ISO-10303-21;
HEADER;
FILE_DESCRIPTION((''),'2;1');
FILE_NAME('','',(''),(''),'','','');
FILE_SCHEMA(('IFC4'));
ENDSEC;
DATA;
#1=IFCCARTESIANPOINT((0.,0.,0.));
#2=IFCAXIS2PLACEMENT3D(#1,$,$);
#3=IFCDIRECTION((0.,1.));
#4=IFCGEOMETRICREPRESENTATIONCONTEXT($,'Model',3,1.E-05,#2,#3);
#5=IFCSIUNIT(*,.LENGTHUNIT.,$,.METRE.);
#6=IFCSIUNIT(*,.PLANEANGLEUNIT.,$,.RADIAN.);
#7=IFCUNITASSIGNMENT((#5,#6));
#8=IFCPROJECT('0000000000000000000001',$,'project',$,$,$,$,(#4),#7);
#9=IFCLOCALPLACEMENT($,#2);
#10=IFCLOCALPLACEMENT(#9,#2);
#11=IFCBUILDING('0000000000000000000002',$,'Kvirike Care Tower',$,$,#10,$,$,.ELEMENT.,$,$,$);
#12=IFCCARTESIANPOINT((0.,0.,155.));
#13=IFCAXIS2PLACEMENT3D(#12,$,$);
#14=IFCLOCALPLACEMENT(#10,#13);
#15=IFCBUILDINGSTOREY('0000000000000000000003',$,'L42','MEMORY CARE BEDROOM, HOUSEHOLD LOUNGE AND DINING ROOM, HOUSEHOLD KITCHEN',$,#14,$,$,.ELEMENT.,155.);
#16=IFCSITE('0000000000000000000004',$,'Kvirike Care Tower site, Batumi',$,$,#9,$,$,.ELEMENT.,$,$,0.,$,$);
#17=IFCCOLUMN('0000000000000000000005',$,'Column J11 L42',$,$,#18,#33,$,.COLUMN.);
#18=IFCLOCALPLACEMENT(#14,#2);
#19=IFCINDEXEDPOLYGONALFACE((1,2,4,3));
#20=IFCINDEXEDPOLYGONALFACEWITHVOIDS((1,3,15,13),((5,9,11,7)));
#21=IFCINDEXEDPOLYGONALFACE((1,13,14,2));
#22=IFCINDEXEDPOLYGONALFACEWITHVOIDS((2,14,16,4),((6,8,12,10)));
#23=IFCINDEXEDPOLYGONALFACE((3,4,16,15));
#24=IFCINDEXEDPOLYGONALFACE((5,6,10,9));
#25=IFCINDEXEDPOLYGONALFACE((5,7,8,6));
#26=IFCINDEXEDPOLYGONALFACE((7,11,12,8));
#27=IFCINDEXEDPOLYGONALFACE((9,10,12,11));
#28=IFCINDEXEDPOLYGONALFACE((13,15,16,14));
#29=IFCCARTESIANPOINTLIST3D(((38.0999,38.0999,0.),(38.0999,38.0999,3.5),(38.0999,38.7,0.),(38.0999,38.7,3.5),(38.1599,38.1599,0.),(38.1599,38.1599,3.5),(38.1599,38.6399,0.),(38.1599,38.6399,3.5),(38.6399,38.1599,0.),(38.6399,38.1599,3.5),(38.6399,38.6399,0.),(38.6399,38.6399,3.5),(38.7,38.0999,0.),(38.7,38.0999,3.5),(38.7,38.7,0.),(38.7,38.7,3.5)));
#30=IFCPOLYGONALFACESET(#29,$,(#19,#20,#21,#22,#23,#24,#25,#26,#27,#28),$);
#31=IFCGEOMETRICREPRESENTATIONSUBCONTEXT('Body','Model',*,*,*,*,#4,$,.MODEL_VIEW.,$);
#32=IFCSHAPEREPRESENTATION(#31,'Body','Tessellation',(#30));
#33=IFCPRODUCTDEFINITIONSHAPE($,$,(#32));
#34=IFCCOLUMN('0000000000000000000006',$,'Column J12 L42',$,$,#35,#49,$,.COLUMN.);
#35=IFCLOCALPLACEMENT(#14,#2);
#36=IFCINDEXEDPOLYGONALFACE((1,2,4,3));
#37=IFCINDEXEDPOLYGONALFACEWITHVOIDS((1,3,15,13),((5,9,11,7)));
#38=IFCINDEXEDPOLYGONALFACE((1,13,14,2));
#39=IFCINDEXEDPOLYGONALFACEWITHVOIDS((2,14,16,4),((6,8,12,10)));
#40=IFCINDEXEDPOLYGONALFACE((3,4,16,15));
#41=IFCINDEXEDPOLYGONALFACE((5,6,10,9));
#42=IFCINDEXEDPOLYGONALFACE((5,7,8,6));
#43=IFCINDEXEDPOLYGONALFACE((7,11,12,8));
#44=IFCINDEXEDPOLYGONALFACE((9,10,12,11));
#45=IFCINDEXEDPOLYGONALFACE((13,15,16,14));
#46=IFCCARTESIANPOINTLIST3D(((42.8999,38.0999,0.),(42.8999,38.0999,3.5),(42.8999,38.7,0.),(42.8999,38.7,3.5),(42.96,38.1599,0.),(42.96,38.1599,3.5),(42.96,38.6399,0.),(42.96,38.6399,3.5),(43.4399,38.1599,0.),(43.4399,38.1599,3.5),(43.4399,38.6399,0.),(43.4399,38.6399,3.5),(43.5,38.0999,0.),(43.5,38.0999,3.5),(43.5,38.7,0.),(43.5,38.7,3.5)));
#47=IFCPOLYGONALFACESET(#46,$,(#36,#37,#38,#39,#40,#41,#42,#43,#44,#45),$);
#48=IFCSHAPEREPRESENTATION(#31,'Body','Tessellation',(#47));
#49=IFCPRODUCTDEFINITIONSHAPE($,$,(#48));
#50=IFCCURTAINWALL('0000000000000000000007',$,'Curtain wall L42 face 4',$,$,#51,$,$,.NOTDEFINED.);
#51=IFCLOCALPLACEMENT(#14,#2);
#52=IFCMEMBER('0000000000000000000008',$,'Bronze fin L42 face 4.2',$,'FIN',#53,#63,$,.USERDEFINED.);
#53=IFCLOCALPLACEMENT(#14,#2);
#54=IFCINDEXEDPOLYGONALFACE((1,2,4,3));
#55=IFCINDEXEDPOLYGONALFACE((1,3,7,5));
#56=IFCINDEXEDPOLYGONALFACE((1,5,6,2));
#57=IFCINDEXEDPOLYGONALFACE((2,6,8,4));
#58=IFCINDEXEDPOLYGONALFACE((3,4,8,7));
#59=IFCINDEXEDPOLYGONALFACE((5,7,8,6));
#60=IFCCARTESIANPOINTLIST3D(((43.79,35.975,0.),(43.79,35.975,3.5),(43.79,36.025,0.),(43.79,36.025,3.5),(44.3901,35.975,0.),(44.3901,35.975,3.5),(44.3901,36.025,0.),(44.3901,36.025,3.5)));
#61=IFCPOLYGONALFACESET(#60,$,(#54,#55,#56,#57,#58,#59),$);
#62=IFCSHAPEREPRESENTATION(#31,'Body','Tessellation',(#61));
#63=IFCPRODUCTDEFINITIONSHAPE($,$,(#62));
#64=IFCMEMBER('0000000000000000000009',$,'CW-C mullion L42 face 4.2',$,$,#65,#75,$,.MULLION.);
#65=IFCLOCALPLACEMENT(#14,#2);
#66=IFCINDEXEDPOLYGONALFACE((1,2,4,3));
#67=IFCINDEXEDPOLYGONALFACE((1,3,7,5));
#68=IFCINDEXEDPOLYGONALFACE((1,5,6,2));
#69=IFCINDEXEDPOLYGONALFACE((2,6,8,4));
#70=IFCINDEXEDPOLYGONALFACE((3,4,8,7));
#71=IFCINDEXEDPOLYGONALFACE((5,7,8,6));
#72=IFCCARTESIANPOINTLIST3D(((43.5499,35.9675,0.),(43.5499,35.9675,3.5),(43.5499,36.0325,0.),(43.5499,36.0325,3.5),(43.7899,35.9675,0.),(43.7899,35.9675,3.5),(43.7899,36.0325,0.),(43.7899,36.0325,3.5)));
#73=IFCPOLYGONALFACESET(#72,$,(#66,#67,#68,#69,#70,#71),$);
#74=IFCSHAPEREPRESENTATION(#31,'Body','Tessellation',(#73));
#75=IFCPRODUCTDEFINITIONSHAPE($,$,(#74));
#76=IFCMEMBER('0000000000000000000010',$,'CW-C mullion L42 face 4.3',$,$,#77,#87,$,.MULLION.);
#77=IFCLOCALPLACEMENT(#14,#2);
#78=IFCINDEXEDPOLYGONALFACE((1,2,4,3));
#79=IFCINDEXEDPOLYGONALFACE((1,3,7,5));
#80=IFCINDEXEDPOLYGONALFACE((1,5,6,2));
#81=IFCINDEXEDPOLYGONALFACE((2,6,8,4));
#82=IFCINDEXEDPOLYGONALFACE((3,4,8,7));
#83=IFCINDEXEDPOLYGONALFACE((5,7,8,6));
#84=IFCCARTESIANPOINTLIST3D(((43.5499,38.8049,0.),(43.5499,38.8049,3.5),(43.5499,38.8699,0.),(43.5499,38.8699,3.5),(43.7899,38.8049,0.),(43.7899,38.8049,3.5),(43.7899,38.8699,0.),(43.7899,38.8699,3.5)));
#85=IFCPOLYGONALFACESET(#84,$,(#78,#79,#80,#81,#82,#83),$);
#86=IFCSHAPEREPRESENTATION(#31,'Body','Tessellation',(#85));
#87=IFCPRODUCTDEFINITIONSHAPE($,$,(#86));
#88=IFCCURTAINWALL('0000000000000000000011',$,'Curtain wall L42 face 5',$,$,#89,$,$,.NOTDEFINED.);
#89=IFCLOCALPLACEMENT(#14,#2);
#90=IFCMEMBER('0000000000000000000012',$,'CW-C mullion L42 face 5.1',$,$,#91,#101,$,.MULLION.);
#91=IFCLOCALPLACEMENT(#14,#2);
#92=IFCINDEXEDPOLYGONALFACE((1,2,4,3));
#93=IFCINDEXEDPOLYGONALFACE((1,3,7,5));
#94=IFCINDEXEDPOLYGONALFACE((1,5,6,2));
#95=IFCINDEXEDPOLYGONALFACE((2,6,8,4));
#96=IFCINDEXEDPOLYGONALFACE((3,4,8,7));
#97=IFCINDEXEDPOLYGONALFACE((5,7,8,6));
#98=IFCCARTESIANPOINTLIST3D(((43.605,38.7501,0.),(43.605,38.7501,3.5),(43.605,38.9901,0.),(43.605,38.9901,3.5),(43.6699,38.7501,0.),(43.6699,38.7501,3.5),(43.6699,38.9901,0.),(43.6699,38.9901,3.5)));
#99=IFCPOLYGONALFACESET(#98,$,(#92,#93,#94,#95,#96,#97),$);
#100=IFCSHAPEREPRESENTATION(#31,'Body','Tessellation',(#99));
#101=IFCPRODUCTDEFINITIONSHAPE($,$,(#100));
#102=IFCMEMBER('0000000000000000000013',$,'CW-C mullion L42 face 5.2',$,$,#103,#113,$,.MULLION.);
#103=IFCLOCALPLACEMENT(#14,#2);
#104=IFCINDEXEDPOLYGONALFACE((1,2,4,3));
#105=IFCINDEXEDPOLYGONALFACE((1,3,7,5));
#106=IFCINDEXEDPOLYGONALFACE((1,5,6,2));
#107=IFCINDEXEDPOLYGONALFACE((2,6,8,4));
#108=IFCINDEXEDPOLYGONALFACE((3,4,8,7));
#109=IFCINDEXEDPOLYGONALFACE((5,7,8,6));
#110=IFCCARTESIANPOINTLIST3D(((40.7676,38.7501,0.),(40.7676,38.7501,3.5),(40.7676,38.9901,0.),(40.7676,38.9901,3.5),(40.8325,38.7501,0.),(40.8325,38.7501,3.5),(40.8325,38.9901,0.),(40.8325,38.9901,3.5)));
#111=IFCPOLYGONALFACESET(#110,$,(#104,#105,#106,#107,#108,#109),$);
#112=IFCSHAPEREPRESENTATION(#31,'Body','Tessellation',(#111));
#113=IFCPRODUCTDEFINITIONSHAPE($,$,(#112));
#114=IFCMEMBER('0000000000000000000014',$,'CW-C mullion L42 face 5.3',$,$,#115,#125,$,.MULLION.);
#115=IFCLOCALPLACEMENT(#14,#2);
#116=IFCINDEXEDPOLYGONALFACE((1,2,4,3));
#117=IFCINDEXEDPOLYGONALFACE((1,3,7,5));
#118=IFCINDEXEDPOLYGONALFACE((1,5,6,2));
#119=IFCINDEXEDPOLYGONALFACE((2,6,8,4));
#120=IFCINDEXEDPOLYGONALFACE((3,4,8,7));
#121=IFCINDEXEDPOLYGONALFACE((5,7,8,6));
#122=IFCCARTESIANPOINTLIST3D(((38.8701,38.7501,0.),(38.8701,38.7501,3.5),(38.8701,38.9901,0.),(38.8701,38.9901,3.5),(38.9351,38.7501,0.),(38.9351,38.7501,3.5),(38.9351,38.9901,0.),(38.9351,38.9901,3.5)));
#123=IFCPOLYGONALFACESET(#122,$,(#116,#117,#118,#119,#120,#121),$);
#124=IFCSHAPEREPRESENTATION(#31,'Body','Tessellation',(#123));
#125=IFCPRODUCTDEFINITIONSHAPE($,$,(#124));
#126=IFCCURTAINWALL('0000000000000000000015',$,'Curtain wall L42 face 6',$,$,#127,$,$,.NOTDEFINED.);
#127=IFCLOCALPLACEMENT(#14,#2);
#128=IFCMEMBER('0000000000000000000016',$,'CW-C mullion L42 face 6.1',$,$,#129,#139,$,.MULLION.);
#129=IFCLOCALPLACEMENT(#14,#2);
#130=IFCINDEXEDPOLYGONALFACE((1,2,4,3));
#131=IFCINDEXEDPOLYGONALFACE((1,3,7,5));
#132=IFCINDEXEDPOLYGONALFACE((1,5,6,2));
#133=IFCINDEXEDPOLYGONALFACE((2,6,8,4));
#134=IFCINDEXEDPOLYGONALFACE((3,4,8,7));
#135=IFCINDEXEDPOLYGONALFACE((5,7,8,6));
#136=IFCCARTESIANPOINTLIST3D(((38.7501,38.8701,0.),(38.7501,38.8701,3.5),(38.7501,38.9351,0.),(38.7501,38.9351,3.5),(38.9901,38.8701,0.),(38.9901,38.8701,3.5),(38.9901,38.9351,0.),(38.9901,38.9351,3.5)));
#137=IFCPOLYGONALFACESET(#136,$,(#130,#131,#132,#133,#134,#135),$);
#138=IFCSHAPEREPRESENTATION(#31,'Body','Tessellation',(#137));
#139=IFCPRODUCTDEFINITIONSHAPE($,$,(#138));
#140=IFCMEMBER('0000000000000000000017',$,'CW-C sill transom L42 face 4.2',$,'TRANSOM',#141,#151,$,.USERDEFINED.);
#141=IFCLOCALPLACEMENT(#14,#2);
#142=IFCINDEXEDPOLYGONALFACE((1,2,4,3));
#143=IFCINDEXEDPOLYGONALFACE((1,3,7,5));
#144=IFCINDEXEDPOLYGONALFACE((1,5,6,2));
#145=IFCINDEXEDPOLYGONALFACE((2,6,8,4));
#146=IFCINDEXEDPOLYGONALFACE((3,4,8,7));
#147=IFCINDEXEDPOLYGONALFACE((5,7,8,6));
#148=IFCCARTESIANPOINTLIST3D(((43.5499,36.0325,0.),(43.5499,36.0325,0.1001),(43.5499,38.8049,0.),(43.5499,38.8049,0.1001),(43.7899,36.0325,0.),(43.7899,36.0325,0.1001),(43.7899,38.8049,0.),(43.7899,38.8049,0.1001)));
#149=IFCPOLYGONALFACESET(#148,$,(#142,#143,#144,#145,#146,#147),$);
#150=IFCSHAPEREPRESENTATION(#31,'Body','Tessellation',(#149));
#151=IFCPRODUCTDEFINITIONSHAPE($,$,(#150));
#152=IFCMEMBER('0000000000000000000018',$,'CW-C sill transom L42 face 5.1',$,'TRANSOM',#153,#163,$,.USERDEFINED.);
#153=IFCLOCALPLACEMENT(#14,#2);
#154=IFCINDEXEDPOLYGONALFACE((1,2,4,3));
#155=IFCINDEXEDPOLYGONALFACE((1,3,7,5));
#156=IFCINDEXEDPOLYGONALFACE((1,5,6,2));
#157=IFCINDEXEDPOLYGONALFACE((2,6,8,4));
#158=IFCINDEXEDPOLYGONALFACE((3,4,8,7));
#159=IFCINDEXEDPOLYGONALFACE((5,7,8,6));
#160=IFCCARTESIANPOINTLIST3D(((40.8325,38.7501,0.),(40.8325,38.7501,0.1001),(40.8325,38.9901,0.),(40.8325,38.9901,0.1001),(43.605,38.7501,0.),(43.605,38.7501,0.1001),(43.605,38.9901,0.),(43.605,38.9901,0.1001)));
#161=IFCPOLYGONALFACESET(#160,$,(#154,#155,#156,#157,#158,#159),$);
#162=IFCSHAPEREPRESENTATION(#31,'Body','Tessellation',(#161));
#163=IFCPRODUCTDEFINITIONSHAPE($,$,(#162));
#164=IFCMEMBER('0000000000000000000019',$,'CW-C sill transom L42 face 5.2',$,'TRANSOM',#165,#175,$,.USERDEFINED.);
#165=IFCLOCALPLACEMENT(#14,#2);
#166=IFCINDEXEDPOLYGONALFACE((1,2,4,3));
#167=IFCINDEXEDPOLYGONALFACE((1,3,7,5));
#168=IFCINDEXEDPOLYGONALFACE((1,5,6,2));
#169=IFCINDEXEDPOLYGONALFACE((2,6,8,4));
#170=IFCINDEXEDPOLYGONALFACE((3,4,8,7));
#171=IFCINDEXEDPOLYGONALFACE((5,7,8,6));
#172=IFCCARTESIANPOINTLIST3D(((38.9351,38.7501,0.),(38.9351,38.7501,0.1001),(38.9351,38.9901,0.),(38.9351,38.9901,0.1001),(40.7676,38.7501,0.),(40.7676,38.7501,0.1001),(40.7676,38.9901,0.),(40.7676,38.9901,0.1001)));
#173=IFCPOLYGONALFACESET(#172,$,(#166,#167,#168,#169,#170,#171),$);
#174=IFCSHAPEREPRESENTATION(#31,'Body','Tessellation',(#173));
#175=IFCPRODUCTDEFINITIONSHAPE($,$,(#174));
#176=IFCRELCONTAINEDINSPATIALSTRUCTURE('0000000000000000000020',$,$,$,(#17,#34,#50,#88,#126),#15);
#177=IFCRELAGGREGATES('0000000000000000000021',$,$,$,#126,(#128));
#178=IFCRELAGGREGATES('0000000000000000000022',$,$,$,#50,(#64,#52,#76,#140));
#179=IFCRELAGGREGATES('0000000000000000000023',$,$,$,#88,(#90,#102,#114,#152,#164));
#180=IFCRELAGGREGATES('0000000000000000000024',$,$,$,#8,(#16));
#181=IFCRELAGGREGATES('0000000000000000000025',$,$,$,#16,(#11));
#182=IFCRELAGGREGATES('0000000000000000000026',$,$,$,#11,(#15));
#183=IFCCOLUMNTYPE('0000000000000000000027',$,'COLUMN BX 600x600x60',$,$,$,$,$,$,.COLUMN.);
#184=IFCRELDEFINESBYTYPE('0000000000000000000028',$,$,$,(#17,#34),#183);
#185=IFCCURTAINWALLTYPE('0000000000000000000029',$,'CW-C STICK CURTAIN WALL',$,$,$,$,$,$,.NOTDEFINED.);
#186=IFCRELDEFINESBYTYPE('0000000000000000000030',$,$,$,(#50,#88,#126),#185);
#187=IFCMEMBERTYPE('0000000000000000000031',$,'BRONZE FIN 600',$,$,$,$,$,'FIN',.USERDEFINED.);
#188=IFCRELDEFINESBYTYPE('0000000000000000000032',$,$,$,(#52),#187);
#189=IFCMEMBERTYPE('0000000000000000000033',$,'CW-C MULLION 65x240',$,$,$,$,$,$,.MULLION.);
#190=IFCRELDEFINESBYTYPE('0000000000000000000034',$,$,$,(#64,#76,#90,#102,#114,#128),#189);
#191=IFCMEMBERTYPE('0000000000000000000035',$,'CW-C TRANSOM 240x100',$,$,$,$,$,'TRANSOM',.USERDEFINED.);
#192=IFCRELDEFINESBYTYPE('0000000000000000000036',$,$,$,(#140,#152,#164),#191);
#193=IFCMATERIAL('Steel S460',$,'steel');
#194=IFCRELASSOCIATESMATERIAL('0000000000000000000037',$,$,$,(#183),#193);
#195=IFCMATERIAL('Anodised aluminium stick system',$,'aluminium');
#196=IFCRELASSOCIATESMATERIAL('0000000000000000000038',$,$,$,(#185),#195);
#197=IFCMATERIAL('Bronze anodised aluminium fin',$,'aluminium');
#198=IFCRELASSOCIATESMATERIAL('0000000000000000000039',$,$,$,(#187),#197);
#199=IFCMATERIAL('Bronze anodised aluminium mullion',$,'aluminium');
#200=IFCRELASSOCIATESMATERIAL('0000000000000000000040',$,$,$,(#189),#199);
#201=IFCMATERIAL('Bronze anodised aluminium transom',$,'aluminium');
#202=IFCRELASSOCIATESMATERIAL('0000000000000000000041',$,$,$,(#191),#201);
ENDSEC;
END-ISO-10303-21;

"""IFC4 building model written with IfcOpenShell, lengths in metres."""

from ifc_helpers import new_model, si_unit, direction, frame, origin, origin_2d, place, context, subcontext, project, spatial, rectangle, hollow_rectangle, extrude, material, material_profile, profile_set, type_object, element, aggregate, save


model = new_model("IFC4")

# Units and contexts
model_context = context("Model", 3, precision=1e-05, world=origin(), true_north=direction((0.0, 1.0)))
body_context = subcontext(model_context, "Body", "Model", "MODEL_VIEW")
ifc_project = project(units=[si_unit("LENGTHUNIT", "METRE"), si_unit("PLANEANGLEUNIT", "RADIAN")], contexts=[model_context])

# Site, building, storey
site_placement = place(None, origin())
site = spatial("IfcSite", under=ifc_project, at=site_placement, Name="Kvirike Care Tower site, Batumi", CompositionType="ELEMENT", RefElevation=0.0)
building_placement = place(site_placement, origin())
building = spatial("IfcBuilding", under=site, at=building_placement, Name="Kvirike Care Tower", CompositionType="ELEMENT")
storey_placement = place(building_placement, frame((0.0, 0.0, 155.0)))
storey = spatial("IfcBuildingStorey", under=building, at=storey_placement, Name="L42", Description="MEMORY CARE BEDROOM, HOUSEHOLD LOUNGE AND DINING ROOM, HOUSEHOLD KITCHEN", CompositionType="ELEMENT", Elevation=155.0)

# Columns
ifc_material_1 = material(Name="Steel S460", Category="steel")
ifc_material_profile_1 = material_profile(ifc_material_1, hollow_rectangle(XDim=0.6001, YDim=0.6001, WallThickness=0.0601, at=origin_2d()), Name="BX 600x600x60")
ifc_profile_set_1 = profile_set([ifc_material_profile_1], Name="Steel S460")
column_type = type_object("IfcColumnType", Name="COLUMN BX 600x600x60", PredefinedType="COLUMN", material=ifc_profile_set_1)
for number, where, z_axis, x_axis, name in (
    (1, (38.3999, 38.3999, 0.0), (0.0, 0.0, 1.0), (0.0, 1.0, 0.0), "Column J11 L42"),
    (2, (43.2, 38.3999, 0.0), (0.0, 0.0, 1.0), (0.0, 1.0, 0.0), "Column J12 L42"),
):
    element("IfcColumn", number, at=place(storey_placement, frame(where, z_axis=z_axis, x_axis=x_axis)), inside=storey, type_object=column_type, Name=name, PredefinedType="COLUMN", context=body_context, shape_type="SweptSolid", body=[
        extrude(hollow_rectangle(XDim=0.6001, YDim=0.6001, WallThickness=0.0601, at=origin_2d()), origin(), (0.0, 0.0, 1.0), 3.5),
    ])

# Curtain walls, members
ifc_material_2 = material(Name="Anodised aluminium stick system", Category="aluminium")
curtain_wall_type = type_object("IfcCurtainWallType", Name="CW-C STICK CURTAIN WALL", PredefinedType="NOTDEFINED", material=ifc_material_2)
curtain_wall_1_placement = place(storey_placement, origin())
curtain_wall_1 = element("IfcCurtainWall", 3, at=curtain_wall_1_placement, inside=storey, type_object=curtain_wall_type, Name="Curtain wall L42 face 4", PredefinedType="NOTDEFINED")
ifc_material_3 = material(Name="Bronze anodised aluminium fin", Category="aluminium")
ifc_material_profile_2 = material_profile(ifc_material_3, rectangle(XDim=0.05, YDim=0.6001, at=origin_2d()), Name="BRONZE FIN 600")
ifc_profile_set_2 = profile_set([ifc_material_profile_2], Name="Bronze anodised aluminium fin")
member_type_1 = type_object("IfcMemberType", Name="BRONZE FIN 600", ElementType="FIN", PredefinedType="USERDEFINED", material=ifc_profile_set_2)
member_1_placement = place(storey_placement, frame((44.0901, 36.0, 0.0), z_axis=(0.0, 0.0, 1.0), x_axis=(0.0, 1.0, 0.0)))
member_1 = element("IfcMember", 4, at=member_1_placement, type_object=member_type_1, Name="Bronze fin L42 face 4.2", ObjectType="FIN", PredefinedType="USERDEFINED", context=body_context, shape_type="SweptSolid", body=[
    extrude(rectangle(XDim=0.05, YDim=0.6001, at=origin_2d()), origin(), (0.0, 0.0, 1.0), 3.5),
])
ifc_material_4 = material(Name="Bronze anodised aluminium mullion", Category="aluminium")
ifc_material_profile_3 = material_profile(ifc_material_4, rectangle(XDim=0.0649, YDim=0.24, at=origin_2d()), Name="CW-C MULLION 65x240")
ifc_profile_set_3 = profile_set([ifc_material_profile_3], Name="Bronze anodised aluminium mullion")
member_type_2 = type_object("IfcMemberType", Name="CW-C MULLION 65x240", PredefinedType="MULLION", material=ifc_profile_set_3)
member_2_placement = place(storey_placement, frame((43.6699, 36.0, 0.0), z_axis=(0.0, 0.0, 1.0), x_axis=(0.0, 1.0, 0.0)))
member_2 = element("IfcMember", 5, at=member_2_placement, type_object=member_type_2, Name="CW-C mullion L42 face 4.2", PredefinedType="MULLION", context=body_context, shape_type="SweptSolid", body=[
    extrude(rectangle(XDim=0.0649, YDim=0.24, at=origin_2d()), origin(), (0.0, 0.0, 1.0), 3.5),
])
member_3_placement = place(storey_placement, frame((43.6699, 38.8374, 0.0), z_axis=(0.0, 0.0, 1.0), x_axis=(0.0, 1.0, 0.0)))
member_3 = element("IfcMember", 6, at=member_3_placement, type_object=member_type_2, Name="CW-C mullion L42 face 4.3", PredefinedType="MULLION", context=body_context, shape_type="SweptSolid", body=[
    extrude(rectangle(XDim=0.0649, YDim=0.24, at=origin_2d()), origin(), (0.0, 0.0, 1.0), 3.5),
])
curtain_wall_2_placement = place(storey_placement, origin())
curtain_wall_2 = element("IfcCurtainWall", 7, at=curtain_wall_2_placement, inside=storey, type_object=curtain_wall_type, Name="Curtain wall L42 face 5", PredefinedType="NOTDEFINED")
member_4_placement = place(storey_placement, frame((43.6375, 38.8701, 0.0), z_axis=(0.0, 0.0, 1.0), x_axis=(-1.0, 0.0, 0.0)))
member_4 = element("IfcMember", 8, at=member_4_placement, type_object=member_type_2, Name="CW-C mullion L42 face 5.1", PredefinedType="MULLION", context=body_context, shape_type="SweptSolid", body=[
    extrude(rectangle(XDim=0.0649, YDim=0.24, at=origin_2d()), origin(), (0.0, 0.0, 1.0), 3.5),
])
member_5_placement = place(storey_placement, frame((40.8, 38.8701, 0.0), z_axis=(0.0, 0.0, 1.0), x_axis=(-1.0, 0.0, 0.0)))
member_5 = element("IfcMember", 9, at=member_5_placement, type_object=member_type_2, Name="CW-C mullion L42 face 5.2", PredefinedType="MULLION", context=body_context, shape_type="SweptSolid", body=[
    extrude(rectangle(XDim=0.0649, YDim=0.24, at=origin_2d()), origin(), (0.0, 0.0, 1.0), 3.5),
])
member_6_placement = place(storey_placement, frame((38.9026, 38.8701, 0.0), z_axis=(0.0, 0.0, 1.0), x_axis=(-1.0, 0.0, 0.0)))
member_6 = element("IfcMember", 10, at=member_6_placement, type_object=member_type_2, Name="CW-C mullion L42 face 5.3", PredefinedType="MULLION", context=body_context, shape_type="SweptSolid", body=[
    extrude(rectangle(XDim=0.0649, YDim=0.24, at=origin_2d()), origin(), (0.0, 0.0, 1.0), 3.5),
])

# Curtain wall, member
curtain_wall_3_placement = place(storey_placement, origin())
curtain_wall_3 = element("IfcCurtainWall", 11, at=curtain_wall_3_placement, inside=storey, type_object=curtain_wall_type, Name="Curtain wall L42 face 6", PredefinedType="NOTDEFINED")
member_7_placement = place(storey_placement, frame((38.8701, 38.9026, 0.0), z_axis=(0.0, 0.0, 1.0), x_axis=(0.0, 1.0, 0.0)))
member_7 = element("IfcMember", 12, at=member_7_placement, type_object=member_type_2, Name="CW-C mullion L42 face 6.1", PredefinedType="MULLION", context=body_context, shape_type="SweptSolid", body=[
    extrude(rectangle(XDim=0.0649, YDim=0.24, at=origin_2d()), origin(), (0.0, 0.0, 1.0), 3.5),
])
aggregate(curtain_wall_3, [member_7])

# Members
ifc_material_5 = material(Name="Bronze anodised aluminium transom", Category="aluminium")
ifc_material_profile_4 = material_profile(ifc_material_5, rectangle(XDim=0.24, YDim=0.1001, at=origin_2d()), Name="CW-C TRANSOM 240x100")
ifc_profile_set_4 = profile_set([ifc_material_profile_4], Name="Bronze anodised aluminium transom")
member_type_3 = type_object("IfcMemberType", Name="CW-C TRANSOM 240x100", ElementType="TRANSOM", PredefinedType="USERDEFINED", material=ifc_profile_set_4)
member_8_placement = place(storey_placement, frame((43.6699, 36.0325, 0.05), z_axis=(0.0, 1.0, 0.0), x_axis=(-1.0, 0.0, 0.0)))
member_8 = element("IfcMember", 13, at=member_8_placement, type_object=member_type_3, Name="CW-C sill transom L42 face 4.2", ObjectType="TRANSOM", PredefinedType="USERDEFINED", context=body_context, shape_type="SweptSolid", body=[
    extrude(rectangle(XDim=0.24, YDim=0.1001, at=origin_2d()), origin(), (0.0, 0.0, 1.0), 2.7725),
])
member_9_placement = place(storey_placement, frame((43.605, 38.8701, 0.05), z_axis=(-1.0, 0.0, 0.0), x_axis=(0.0, -1.0, 0.0)))
member_9 = element("IfcMember", 14, at=member_9_placement, type_object=member_type_3, Name="CW-C sill transom L42 face 5.1", ObjectType="TRANSOM", PredefinedType="USERDEFINED", context=body_context, shape_type="SweptSolid", body=[
    extrude(rectangle(XDim=0.24, YDim=0.1001, at=origin_2d()), origin(), (0.0, 0.0, 1.0), 2.7725),
])
member_10_placement = place(storey_placement, frame((40.7676, 38.8701, 0.05), z_axis=(-1.0, 0.0, 0.0), x_axis=(0.0, -1.0, 0.0)))
member_10 = element("IfcMember", 15, at=member_10_placement, type_object=member_type_3, Name="CW-C sill transom L42 face 5.2", ObjectType="TRANSOM", PredefinedType="USERDEFINED", context=body_context, shape_type="SweptSolid", body=[
    extrude(rectangle(XDim=0.24, YDim=0.1001, at=origin_2d()), origin(), (0.0, 0.0, 1.0), 1.8325),
])

aggregate(curtain_wall_1, [member_2, member_1, member_3, member_8])
aggregate(curtain_wall_2, [member_4, member_5, member_6, member_9, member_10])

save(model, "model.ifc")
